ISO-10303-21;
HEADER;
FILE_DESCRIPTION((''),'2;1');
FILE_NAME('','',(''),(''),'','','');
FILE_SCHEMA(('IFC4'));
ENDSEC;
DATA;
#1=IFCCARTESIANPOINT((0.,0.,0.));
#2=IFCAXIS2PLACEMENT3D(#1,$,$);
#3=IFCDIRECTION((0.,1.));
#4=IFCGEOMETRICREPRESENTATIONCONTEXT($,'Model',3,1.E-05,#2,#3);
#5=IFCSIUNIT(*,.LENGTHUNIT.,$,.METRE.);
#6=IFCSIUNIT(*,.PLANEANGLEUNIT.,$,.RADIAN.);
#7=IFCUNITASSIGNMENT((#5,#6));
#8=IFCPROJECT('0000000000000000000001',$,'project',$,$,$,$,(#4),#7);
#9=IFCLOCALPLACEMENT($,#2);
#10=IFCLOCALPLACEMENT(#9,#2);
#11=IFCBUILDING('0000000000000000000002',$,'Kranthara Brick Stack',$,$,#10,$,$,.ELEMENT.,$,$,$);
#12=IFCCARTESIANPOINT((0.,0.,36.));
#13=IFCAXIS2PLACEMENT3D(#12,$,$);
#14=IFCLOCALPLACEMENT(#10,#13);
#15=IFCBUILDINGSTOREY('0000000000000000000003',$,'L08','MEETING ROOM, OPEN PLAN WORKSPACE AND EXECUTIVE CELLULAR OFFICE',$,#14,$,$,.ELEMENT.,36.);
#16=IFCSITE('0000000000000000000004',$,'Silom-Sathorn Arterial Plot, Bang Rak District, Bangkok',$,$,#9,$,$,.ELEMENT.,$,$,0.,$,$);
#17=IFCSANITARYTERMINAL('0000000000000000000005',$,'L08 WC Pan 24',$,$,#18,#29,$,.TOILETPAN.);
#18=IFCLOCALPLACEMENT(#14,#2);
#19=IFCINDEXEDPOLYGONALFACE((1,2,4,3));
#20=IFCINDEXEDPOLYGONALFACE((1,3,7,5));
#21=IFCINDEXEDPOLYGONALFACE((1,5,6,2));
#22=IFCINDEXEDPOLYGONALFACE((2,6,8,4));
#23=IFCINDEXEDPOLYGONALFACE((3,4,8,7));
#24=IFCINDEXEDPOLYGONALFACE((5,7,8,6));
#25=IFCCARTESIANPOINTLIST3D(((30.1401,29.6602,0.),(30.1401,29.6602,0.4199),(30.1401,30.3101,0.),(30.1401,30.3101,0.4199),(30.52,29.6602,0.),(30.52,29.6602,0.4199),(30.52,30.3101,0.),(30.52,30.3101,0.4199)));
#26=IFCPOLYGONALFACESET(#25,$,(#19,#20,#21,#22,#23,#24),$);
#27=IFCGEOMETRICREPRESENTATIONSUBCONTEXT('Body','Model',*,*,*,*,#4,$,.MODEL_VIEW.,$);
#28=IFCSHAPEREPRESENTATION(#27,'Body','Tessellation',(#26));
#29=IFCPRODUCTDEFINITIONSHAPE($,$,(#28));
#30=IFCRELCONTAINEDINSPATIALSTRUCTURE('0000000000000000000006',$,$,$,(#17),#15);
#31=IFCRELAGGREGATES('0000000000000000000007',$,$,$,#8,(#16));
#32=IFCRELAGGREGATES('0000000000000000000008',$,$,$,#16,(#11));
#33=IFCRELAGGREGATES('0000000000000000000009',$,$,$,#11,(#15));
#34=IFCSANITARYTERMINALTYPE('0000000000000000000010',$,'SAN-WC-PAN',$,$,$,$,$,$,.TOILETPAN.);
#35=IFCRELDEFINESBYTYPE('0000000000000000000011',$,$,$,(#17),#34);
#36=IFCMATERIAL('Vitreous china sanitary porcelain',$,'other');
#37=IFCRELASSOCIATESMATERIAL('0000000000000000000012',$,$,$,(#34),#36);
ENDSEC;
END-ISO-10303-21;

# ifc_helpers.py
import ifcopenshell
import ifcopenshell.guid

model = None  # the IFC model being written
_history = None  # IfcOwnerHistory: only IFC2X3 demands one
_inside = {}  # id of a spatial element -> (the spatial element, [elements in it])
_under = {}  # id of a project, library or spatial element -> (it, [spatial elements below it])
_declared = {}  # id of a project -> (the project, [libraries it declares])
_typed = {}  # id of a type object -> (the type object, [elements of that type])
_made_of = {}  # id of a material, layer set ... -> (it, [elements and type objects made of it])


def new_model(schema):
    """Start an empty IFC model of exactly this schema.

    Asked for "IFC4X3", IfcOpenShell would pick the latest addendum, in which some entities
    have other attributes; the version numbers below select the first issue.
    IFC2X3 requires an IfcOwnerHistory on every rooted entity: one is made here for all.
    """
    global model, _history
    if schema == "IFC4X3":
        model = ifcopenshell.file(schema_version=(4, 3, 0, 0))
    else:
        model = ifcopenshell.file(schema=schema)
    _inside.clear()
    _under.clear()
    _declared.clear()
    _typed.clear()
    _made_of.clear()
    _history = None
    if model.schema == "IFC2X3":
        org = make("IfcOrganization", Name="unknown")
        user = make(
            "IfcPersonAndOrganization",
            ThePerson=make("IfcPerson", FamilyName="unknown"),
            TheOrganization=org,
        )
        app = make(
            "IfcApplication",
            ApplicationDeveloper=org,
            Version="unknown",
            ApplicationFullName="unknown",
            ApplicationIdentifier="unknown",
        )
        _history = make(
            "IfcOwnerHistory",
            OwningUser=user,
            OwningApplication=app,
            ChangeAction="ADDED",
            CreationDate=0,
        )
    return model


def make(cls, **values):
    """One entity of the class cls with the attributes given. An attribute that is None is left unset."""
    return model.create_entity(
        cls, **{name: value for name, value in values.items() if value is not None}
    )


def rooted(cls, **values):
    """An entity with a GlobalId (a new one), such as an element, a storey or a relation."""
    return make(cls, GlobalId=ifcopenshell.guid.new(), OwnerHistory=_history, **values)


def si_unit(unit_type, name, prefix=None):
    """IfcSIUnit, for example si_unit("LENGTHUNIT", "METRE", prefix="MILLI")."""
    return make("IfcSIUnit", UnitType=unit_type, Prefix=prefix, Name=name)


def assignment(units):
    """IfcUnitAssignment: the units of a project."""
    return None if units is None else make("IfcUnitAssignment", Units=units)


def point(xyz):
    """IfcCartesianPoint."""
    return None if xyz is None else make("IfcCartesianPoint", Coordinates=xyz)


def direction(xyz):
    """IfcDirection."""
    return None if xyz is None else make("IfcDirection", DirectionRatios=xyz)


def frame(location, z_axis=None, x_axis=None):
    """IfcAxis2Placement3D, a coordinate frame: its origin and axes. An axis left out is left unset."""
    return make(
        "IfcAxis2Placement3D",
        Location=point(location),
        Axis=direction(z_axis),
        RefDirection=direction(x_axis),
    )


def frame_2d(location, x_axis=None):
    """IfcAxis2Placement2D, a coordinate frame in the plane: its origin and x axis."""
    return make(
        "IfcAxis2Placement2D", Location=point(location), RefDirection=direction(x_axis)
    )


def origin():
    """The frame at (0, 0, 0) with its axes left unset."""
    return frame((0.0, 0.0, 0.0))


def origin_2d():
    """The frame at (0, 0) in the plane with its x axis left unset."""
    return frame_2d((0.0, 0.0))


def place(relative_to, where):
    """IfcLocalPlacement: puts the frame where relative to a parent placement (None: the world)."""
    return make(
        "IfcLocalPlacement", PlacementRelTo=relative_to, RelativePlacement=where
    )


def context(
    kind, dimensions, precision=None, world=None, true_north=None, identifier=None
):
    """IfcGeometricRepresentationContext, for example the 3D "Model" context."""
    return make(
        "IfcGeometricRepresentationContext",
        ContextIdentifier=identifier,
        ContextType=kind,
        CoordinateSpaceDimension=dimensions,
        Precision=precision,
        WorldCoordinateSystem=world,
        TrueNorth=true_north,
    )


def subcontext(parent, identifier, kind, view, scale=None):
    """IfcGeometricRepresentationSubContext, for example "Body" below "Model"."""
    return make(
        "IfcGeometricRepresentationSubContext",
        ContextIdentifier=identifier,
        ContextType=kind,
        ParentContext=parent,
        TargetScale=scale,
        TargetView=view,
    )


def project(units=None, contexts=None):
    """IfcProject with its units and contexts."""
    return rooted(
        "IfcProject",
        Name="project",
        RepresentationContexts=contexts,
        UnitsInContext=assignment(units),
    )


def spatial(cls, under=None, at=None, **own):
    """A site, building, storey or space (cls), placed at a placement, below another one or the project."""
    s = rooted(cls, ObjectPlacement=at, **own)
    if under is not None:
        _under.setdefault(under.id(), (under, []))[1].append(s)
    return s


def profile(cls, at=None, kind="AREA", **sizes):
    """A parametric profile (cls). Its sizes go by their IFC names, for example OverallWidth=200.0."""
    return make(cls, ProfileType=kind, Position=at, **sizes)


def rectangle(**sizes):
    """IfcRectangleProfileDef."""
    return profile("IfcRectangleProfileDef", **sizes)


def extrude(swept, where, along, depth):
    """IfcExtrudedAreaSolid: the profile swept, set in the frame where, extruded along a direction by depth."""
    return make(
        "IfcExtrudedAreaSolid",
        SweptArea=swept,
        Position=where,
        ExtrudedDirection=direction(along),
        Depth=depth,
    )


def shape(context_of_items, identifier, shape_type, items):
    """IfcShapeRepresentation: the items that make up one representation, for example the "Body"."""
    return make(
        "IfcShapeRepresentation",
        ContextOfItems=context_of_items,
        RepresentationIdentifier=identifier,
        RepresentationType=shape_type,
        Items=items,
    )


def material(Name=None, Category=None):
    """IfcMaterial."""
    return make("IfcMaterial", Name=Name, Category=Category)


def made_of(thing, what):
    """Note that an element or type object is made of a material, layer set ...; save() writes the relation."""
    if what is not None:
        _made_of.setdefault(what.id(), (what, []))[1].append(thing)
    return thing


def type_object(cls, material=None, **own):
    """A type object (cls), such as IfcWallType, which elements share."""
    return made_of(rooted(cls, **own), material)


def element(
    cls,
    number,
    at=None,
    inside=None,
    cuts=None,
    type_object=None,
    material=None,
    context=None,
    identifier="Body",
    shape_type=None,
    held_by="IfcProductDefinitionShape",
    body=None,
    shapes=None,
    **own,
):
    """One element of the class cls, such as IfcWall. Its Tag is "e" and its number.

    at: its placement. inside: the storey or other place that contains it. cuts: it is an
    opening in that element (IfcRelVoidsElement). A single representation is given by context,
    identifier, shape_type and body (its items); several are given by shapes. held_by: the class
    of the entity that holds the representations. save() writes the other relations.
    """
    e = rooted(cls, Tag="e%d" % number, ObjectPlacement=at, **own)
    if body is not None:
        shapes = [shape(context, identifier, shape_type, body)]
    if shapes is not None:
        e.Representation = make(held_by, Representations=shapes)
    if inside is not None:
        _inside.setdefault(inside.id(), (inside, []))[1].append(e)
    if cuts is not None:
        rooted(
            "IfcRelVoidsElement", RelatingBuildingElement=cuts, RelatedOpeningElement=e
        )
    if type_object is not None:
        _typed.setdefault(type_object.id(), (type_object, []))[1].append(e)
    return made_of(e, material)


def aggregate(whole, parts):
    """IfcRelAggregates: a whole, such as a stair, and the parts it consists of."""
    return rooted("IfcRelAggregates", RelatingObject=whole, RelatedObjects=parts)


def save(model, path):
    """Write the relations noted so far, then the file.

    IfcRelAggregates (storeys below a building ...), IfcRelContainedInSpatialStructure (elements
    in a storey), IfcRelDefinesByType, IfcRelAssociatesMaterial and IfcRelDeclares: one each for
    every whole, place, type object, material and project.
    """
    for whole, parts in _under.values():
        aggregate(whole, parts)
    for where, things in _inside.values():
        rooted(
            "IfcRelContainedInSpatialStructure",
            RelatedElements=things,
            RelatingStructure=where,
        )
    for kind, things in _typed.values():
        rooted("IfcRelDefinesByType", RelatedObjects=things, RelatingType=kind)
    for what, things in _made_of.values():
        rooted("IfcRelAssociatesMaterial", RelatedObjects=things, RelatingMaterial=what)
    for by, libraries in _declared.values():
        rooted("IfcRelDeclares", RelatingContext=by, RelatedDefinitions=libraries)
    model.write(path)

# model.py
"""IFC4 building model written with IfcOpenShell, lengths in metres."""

from ifc_helpers import new_model, si_unit, direction, frame, origin, origin_2d, place, context, subcontext, project, spatial, rectangle, extrude, material, type_object, element, save


model = new_model("IFC4")

# Units and contexts
model_context = context("Model", 3, precision=1e-05, world=origin(), true_north=direction((0.0, 1.0)))
body_context = subcontext(model_context, "Body", "Model", "MODEL_VIEW")
ifc_project = project(units=[si_unit("LENGTHUNIT", "METRE"), si_unit("PLANEANGLEUNIT", "RADIAN")], contexts=[model_context])

# Site, building, storey
site_placement = place(None, origin())
site = spatial("IfcSite", under=ifc_project, at=site_placement, Name="Silom-Sathorn Arterial Plot, Bang Rak District, Bangkok", CompositionType="ELEMENT", RefElevation=0.0)
building_placement = place(site_placement, origin())
building = spatial("IfcBuilding", under=site, at=building_placement, Name="Kranthara Brick Stack", CompositionType="ELEMENT")
storey_placement = place(building_placement, frame((0.0, 0.0, 36.0)))
storey = spatial("IfcBuildingStorey", under=building, at=storey_placement, Name="L08", Description="MEETING ROOM, OPEN PLAN WORKSPACE AND EXECUTIVE CELLULAR OFFICE", CompositionType="ELEMENT", Elevation=36.0)

# Sanitary terminal
ifc_material_1 = material(Name="Vitreous china sanitary porcelain", Category="other")
sanitary_terminal_type_1 = type_object("IfcSanitaryTerminalType", Name="SAN-WC-PAN", PredefinedType="TOILETPAN", material=ifc_material_1)
for number, where, z_axis, x_axis, name in (
    (1, (30.3301, 29.9851, 0.0), (0.0, 0.0, 1.0), (1.0, 0.0, 0.0), "L08 WC Pan 24"),
):
    element("IfcSanitaryTerminal", number, at=place(storey_placement, frame(where, z_axis=z_axis, x_axis=x_axis)), inside=storey, type_object=sanitary_terminal_type_1, Name=name, PredefinedType="TOILETPAN", context=body_context, shape_type="SweptSolid", body=[
        extrude(rectangle(XDim=0.3799, YDim=0.6499, at=origin_2d()), origin(), (0.0, 0.0, 1.0), 0.4199),
    ])

save(model, "model.ifc")
